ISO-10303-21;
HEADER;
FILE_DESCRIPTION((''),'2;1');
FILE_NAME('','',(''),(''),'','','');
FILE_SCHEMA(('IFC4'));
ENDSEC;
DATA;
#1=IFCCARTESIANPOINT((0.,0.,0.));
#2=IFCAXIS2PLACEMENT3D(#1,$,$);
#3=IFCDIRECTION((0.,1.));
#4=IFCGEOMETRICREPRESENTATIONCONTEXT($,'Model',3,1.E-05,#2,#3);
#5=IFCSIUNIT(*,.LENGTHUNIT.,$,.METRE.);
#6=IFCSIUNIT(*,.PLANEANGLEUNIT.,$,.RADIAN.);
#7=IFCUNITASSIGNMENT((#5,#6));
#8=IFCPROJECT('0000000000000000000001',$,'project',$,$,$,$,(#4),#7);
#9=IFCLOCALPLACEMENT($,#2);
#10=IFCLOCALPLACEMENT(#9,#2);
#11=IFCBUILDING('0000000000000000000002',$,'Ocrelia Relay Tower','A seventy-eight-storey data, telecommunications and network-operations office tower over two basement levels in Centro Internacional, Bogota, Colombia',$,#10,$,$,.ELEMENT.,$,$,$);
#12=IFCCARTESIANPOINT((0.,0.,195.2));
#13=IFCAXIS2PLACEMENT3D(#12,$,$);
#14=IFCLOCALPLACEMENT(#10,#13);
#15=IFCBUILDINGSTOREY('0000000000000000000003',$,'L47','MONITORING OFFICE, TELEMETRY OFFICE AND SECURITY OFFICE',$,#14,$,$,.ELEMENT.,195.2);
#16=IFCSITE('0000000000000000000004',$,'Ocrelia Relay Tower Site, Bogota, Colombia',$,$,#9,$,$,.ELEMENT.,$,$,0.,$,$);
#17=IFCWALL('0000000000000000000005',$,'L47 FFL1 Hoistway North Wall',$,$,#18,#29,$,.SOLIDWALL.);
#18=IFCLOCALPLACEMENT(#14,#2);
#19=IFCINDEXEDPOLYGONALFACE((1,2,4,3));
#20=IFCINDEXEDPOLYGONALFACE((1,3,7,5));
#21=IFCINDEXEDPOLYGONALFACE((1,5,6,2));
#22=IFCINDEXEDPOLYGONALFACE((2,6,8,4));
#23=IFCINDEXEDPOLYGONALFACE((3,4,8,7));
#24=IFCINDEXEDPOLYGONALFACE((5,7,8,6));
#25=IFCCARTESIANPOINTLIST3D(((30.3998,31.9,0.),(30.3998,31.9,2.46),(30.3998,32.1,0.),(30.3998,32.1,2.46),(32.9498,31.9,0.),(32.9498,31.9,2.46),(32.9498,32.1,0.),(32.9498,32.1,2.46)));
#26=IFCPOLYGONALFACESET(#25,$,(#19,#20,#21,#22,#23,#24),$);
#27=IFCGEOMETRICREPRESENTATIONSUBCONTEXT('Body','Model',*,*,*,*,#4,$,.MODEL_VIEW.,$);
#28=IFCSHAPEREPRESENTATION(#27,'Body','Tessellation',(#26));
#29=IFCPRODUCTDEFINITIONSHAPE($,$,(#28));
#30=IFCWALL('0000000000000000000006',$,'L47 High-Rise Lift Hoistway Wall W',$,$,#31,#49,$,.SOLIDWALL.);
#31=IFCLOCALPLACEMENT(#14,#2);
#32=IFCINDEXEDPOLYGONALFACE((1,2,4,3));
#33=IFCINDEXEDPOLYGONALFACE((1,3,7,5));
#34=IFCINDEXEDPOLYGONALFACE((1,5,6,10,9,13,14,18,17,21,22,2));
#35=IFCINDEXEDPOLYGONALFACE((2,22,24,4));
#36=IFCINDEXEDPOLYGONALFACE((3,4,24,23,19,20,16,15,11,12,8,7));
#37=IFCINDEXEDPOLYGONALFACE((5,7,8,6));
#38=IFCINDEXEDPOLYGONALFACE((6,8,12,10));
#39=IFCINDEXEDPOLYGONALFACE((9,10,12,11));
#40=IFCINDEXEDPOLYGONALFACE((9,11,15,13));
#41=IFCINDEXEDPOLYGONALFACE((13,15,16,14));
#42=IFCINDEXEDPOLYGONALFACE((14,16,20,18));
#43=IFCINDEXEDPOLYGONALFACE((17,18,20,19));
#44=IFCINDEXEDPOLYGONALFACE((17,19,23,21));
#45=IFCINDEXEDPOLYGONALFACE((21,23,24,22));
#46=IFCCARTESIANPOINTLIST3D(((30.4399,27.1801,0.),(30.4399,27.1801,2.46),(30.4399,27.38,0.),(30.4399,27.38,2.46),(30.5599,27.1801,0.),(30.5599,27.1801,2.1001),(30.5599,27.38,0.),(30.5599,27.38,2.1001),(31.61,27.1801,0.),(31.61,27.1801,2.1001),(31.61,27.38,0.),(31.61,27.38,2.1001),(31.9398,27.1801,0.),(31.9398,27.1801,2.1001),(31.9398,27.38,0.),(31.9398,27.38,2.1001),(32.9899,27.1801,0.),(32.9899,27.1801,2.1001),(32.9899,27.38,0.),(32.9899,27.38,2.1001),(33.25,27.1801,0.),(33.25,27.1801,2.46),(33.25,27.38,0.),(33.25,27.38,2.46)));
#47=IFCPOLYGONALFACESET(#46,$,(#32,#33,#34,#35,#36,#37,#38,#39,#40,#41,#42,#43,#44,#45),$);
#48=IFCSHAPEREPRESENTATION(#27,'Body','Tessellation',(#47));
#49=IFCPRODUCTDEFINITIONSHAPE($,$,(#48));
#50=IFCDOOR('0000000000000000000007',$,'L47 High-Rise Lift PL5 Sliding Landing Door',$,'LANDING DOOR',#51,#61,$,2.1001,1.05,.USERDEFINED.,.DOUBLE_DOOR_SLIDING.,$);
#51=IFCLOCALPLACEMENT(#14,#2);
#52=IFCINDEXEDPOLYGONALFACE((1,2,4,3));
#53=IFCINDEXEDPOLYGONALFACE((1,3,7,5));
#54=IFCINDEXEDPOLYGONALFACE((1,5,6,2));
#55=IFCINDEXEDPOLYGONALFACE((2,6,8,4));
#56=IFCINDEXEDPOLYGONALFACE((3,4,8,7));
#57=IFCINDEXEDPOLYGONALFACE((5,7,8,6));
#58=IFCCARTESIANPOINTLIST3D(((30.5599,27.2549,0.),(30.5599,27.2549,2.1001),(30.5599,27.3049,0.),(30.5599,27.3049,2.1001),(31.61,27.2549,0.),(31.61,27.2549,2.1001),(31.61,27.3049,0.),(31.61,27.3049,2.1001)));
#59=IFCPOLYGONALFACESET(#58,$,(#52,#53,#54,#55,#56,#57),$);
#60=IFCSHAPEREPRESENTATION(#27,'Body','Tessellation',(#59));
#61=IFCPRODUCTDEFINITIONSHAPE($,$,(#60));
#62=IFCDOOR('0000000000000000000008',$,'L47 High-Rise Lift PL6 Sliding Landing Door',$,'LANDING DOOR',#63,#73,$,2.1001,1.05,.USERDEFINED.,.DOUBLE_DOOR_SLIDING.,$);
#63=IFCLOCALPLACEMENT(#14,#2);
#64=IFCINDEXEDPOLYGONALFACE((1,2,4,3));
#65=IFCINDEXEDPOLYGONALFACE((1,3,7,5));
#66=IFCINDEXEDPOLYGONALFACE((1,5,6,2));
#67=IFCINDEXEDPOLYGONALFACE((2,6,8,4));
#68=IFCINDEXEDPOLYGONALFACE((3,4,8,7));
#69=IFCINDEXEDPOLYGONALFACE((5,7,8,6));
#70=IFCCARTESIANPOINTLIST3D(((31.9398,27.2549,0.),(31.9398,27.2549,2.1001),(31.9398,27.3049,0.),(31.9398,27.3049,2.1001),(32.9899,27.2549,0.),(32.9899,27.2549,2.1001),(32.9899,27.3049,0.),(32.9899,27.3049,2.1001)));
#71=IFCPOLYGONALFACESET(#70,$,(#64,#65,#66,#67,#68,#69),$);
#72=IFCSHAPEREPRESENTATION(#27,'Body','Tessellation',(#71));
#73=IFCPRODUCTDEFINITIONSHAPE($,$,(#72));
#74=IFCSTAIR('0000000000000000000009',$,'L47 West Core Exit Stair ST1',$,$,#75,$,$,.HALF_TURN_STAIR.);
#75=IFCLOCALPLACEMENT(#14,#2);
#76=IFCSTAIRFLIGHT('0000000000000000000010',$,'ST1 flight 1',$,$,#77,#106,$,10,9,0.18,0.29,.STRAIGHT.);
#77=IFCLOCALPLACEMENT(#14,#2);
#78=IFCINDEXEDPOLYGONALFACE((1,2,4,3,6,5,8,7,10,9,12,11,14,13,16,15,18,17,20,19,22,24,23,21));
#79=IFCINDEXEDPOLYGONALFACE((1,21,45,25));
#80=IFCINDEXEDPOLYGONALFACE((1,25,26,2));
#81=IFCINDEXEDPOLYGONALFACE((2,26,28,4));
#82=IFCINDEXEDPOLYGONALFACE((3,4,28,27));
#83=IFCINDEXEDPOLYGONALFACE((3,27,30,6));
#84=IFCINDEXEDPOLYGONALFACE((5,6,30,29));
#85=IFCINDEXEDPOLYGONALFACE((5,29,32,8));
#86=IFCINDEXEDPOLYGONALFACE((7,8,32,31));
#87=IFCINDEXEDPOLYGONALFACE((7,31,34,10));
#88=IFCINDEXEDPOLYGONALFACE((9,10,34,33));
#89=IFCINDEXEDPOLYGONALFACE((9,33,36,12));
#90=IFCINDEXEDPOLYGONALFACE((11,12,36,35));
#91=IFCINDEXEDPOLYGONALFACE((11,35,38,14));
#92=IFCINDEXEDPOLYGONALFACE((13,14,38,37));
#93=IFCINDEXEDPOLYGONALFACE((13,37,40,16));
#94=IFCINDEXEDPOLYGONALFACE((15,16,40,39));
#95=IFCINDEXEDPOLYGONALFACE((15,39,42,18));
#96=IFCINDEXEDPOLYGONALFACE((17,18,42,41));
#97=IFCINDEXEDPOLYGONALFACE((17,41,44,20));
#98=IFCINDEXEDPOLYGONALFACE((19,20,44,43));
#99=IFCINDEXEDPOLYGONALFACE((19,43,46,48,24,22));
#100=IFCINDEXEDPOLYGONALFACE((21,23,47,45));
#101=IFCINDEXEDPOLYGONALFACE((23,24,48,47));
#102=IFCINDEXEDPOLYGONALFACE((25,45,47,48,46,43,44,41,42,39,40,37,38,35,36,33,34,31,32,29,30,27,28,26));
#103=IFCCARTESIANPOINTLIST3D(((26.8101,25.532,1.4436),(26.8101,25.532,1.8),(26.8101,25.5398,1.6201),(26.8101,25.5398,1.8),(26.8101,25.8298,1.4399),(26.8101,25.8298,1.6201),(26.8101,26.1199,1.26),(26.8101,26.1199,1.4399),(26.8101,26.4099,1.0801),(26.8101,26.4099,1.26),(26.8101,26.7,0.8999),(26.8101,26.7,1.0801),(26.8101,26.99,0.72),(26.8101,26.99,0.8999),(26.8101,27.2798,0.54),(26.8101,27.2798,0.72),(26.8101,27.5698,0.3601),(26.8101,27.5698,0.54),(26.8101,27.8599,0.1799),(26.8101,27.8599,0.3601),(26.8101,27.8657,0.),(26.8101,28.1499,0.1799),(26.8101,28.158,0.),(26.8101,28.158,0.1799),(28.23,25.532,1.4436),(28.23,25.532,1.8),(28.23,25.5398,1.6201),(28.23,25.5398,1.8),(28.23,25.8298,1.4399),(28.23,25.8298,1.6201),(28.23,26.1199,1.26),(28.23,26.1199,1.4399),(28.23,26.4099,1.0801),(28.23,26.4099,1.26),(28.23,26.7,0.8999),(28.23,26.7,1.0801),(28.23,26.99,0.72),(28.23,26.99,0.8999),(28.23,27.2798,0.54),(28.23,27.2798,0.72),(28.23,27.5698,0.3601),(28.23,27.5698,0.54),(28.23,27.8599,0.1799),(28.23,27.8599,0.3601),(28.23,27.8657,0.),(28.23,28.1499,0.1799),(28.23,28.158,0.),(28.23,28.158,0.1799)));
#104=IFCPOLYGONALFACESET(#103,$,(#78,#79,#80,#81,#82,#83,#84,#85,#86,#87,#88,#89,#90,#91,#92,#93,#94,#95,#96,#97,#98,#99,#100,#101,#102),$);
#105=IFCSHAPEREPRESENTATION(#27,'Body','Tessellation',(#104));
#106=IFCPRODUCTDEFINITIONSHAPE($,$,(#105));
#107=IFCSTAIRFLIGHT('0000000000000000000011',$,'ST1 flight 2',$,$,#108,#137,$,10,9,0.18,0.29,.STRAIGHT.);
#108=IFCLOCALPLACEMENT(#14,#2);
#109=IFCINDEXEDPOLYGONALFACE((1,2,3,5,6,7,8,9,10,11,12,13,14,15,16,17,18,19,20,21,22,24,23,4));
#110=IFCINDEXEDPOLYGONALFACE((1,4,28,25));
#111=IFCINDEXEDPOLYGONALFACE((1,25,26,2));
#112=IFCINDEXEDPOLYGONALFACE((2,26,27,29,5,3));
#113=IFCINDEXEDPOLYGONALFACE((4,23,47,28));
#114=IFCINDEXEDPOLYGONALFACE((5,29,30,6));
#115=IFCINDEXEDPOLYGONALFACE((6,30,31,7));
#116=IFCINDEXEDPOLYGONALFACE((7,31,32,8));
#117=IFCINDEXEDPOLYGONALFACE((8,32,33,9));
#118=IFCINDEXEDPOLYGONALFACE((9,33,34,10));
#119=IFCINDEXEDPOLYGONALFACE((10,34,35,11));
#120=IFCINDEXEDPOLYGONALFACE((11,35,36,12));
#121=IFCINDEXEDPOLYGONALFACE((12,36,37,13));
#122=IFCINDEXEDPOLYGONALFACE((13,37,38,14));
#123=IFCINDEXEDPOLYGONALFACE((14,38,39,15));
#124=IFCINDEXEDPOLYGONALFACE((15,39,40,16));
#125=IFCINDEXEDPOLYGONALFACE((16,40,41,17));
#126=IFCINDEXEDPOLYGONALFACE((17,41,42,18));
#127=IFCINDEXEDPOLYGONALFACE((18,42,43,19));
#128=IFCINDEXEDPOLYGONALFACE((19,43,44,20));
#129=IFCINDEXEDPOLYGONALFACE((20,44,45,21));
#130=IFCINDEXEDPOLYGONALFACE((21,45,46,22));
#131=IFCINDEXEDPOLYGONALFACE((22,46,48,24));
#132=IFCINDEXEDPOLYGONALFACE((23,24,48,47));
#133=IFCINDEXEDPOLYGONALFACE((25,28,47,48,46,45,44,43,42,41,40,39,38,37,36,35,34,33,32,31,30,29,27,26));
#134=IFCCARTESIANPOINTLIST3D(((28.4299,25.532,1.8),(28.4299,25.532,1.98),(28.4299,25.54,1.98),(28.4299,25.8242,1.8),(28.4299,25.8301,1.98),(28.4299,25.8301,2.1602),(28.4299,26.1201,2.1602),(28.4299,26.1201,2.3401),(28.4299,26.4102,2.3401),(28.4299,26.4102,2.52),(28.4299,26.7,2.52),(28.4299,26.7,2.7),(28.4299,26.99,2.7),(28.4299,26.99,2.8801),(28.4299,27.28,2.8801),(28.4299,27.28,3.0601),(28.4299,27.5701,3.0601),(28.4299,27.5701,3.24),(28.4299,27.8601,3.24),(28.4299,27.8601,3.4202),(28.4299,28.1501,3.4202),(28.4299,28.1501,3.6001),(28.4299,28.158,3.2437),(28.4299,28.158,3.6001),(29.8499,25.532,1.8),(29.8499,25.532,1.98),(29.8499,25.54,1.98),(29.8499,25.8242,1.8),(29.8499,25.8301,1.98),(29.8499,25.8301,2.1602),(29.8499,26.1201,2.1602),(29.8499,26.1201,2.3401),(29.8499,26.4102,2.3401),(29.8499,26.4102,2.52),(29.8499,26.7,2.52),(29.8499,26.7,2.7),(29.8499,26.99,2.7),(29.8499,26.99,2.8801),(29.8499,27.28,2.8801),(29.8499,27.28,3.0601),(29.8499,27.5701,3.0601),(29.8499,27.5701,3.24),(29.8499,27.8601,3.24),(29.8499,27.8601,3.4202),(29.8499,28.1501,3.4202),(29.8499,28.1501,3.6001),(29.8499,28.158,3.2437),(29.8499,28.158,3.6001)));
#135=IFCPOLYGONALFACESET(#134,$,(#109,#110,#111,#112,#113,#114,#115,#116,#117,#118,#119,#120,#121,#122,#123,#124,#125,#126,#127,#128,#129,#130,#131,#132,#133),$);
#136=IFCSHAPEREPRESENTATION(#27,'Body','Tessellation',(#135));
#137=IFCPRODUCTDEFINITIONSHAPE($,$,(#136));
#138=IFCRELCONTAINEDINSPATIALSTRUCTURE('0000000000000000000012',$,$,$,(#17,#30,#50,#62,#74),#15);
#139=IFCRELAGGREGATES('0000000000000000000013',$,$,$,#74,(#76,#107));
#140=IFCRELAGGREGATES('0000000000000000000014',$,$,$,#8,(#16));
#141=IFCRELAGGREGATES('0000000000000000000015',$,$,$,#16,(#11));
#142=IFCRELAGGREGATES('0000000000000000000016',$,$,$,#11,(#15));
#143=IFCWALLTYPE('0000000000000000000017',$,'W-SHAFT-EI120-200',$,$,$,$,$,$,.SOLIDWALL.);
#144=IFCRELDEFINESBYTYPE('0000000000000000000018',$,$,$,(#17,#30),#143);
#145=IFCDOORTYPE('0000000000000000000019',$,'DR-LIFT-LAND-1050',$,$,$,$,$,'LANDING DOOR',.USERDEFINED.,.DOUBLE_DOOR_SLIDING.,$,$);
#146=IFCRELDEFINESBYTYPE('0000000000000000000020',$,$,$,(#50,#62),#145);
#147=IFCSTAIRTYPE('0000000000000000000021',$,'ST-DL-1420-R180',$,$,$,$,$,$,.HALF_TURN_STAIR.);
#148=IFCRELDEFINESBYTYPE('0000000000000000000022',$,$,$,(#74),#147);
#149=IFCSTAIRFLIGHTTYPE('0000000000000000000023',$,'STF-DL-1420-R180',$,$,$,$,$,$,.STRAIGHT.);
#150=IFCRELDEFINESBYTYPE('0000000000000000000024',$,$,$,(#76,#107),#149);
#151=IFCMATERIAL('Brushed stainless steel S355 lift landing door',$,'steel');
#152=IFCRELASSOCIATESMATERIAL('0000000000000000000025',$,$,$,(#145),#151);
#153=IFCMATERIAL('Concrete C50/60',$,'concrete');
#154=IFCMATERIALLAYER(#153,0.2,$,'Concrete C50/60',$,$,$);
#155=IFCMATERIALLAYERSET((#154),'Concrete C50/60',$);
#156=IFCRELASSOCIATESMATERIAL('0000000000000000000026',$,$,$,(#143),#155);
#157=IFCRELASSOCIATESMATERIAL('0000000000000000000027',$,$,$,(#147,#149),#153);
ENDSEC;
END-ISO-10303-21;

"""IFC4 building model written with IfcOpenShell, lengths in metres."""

from ifc_helpers import new_model, si_unit, direction, frame, frame_2d, origin, place, context, subcontext, project, spatial, polyline, rectangle, outline, extrude, material, layer, layer_set, type_object, element, fill, aggregate, save


model = new_model("IFC4")

# Units and contexts
model_context = context("Model", 3, precision=1e-05, world=origin(), true_north=direction((0.0, 1.0)))
body_context = subcontext(model_context, "Body", "Model", "MODEL_VIEW")
ifc_project = project(units=[si_unit("LENGTHUNIT", "METRE"), si_unit("PLANEANGLEUNIT", "RADIAN")], contexts=[model_context])

# Site, building, storey
site_placement = place(None, origin())
site = spatial("IfcSite", under=ifc_project, at=site_placement, Name="Ocrelia Relay Tower Site, Bogota, Colombia", CompositionType="ELEMENT", RefElevation=0.0)
building_placement = place(site_placement, origin())
building = spatial("IfcBuilding", under=site, at=building_placement, Name="Ocrelia Relay Tower", Description="A seventy-eight-storey data, telecommunications and network-operations office tower over two basement levels in Centro Internacional, Bogota, Colombia", CompositionType="ELEMENT")
storey_placement = place(building_placement, frame((0.0, 0.0, 195.2)))
storey = spatial("IfcBuildingStorey", under=building, at=storey_placement, Name="L47", Description="MONITORING OFFICE, TELEMETRY OFFICE AND SECURITY OFFICE", CompositionType="ELEMENT", Elevation=195.2)

# Shared definitions
ifc_material_1 = material(Name="Concrete C50/60", Category="concrete")

# Shared definitions
ifc_material_2 = material(Name="Brushed stainless steel S355 lift landing door", Category="steel")
door_type_1 = type_object("IfcDoorType", Name="DR-LIFT-LAND-1050", ElementType="LANDING DOOR", OperationType="DOUBLE_DOOR_SLIDING", PredefinedType="USERDEFINED", material=ifc_material_2)

# Wall
ifc_layer_1 = layer(ifc_material_1, 0.2, Name="Concrete C50/60")
ifc_layer_set_1 = layer_set([ifc_layer_1], Name="Concrete C50/60")
wall_type_1 = type_object("IfcWallType", Name="W-SHAFT-EI120-200", PredefinedType="SOLIDWALL", material=ifc_layer_set_1)
wall_1_placement = place(storey_placement, frame((30.3999, 32.0, 0.0), z_axis=(0.0, 0.0, 1.0), x_axis=(1.0, 0.0, 0.0)))
element("IfcWall", 1, at=wall_1_placement, inside=storey, type_object=wall_type_1, Name="L47 FFL1 Hoistway North Wall", PredefinedType="SOLIDWALL", context=body_context, shape_type="SweptSolid", body=[
    extrude(rectangle(XDim=2.55, YDim=0.2, at=frame_2d((1.2749, 0.0))), origin(), (0.0, 0.0, 1.0), 2.46),
])

# Wall, openings, doors
wall_2_placement = place(storey_placement, frame((30.4399, 27.28, 0.0), z_axis=(0.0, 0.0, 1.0), x_axis=(1.0, 0.0, 0.0)))
wall_2 = element("IfcWall", 2, at=wall_2_placement, inside=storey, type_object=wall_type_1, Name="L47 High-Rise Lift Hoistway Wall W", PredefinedType="SOLIDWALL", context=body_context, shape_type="SweptSolid", body=[
    extrude(rectangle(XDim=2.8101, YDim=0.2, at=frame_2d((1.405, 0.0))), origin(), (0.0, 0.0, 1.0), 2.46),
])
opening_1_placement = place(wall_2_placement, frame((0.1201, 0.0, 0.0)))
opening_1 = element("IfcOpeningElement", 3, at=opening_1_placement, cuts=wall_2, PredefinedType="OPENING", context=body_context, shape_type="SweptSolid", body=[
    extrude(rectangle(XDim=1.05, YDim=2.1001, at=frame_2d((0.5249, 1.05))), frame((0.0, 0.1099, 0.0), z_axis=(0.0, -1.0, 0.0), x_axis=(1.0, 0.0, 0.0)), (0.0, 0.0, 1.0), 0.22),
])
opening_2_placement = place(wall_2_placement, frame((1.5, 0.0, 0.0)))
opening_2 = element("IfcOpeningElement", 4, at=opening_2_placement, cuts=wall_2, PredefinedType="OPENING", context=body_context, shape_type="SweptSolid", body=[
    extrude(rectangle(XDim=1.05, YDim=2.1001, at=frame_2d((0.5249, 1.05))), frame((0.0, 0.1099, 0.0), z_axis=(0.0, -1.0, 0.0), x_axis=(1.0, 0.0, 0.0)), (0.0, 0.0, 1.0), 0.22),
])
door_1_placement = place(opening_1_placement, origin())
door_1 = element("IfcDoor", 5, at=door_1_placement, inside=storey, type_object=door_type_1, Name="L47 High-Rise Lift PL5 Sliding Landing Door", ObjectType="LANDING DOOR", OperationType="DOUBLE_DOOR_SLIDING", OverallHeight=2.1001, OverallWidth=1.05, PredefinedType="USERDEFINED", context=body_context, shape_type="SweptSolid", body=[
    extrude(rectangle(XDim=1.05, YDim=2.1001, at=frame_2d((0.5249, 1.05))), frame((0.0, 0.0249, 0.0), z_axis=(0.0, -1.0, 0.0), x_axis=(1.0, 0.0, 0.0)), (0.0, 0.0, 1.0), 0.05),
])
fill(opening_1, door_1)
door_2_placement = place(opening_2_placement, origin())
door_2 = element("IfcDoor", 6, at=door_2_placement, inside=storey, type_object=door_type_1, Name="L47 High-Rise Lift PL6 Sliding Landing Door", ObjectType="LANDING DOOR", OperationType="DOUBLE_DOOR_SLIDING", OverallHeight=2.1001, OverallWidth=1.05, PredefinedType="USERDEFINED", context=body_context, shape_type="SweptSolid", body=[
    extrude(rectangle(XDim=1.05, YDim=2.1001, at=frame_2d((0.5249, 1.05))), frame((0.0, 0.0249, 0.0), z_axis=(0.0, -1.0, 0.0), x_axis=(1.0, 0.0, 0.0)), (0.0, 0.0, 1.0), 0.05),
])
fill(opening_2, door_2)

# Stair, stair flights
stair_type = type_object("IfcStairType", Name="ST-DL-1420-R180", PredefinedType="HALF_TURN_STAIR", material=ifc_material_1)
stair_placement = place(storey_placement, origin())
stair = element("IfcStair", 7, at=stair_placement, inside=storey, type_object=stair_type, Name="L47 West Core Exit Stair ST1", PredefinedType="HALF_TURN_STAIR")
stair_flight_type = type_object("IfcStairFlightType", Name="STF-DL-1420-R180", PredefinedType="STRAIGHT", material=ifc_material_1)
stair_flight_1_placement = place(storey_placement, frame((27.52, 28.1499, 0.0), z_axis=(0.0, 0.0, 1.0), x_axis=(0.0, -1.0, 0.0)))
stair_flight_1 = element("IfcStairFlight", 8, at=stair_flight_1_placement, type_object=stair_flight_type, Name="ST1 flight 1", NumberOfRisers=10, NumberOfTreads=9, PredefinedType="STRAIGHT", RiserHeight=0.18, TreadLength=0.29, context=body_context, shape_type="SweptSolid", body=[
    extrude(outline(polyline([(-0.0081, 0.0), (-0.0081, 0.1799), (0.0, 0.1799), (0.29, 0.1799), (0.29, 0.3601), (0.5801, 0.3601), (0.5801, 0.54), (0.8701, 0.54), (0.8701, 0.72), (1.1599, 0.72), (1.1599, 0.8999), (1.45, 0.8999), (1.45, 1.0801), (1.74, 1.0801), (1.74, 1.26), (2.03, 1.26), (2.03, 1.4399), (2.3201, 1.4399), (2.3201, 1.6201), (2.6101, 1.6201), (2.6101, 1.8), (2.6179, 1.8), (2.6179, 1.4436), (0.2842, 0.0), (-0.0081, 0.0)])), frame((0.0, 0.71, 0.0), z_axis=(0.0, -1.0, 0.0), x_axis=(1.0, 0.0, 0.0)), (0.0, 0.0, 1.0), 1.4199),
])
stair_flight_2_placement = place(storey_placement, frame((29.1399, 25.54, 1.8), z_axis=(0.0, 0.0, 1.0), x_axis=(0.0, 1.0, 0.0)))
stair_flight_2 = element("IfcStairFlight", 9, at=stair_flight_2_placement, type_object=stair_flight_type, Name="ST1 flight 2", NumberOfRisers=10, NumberOfTreads=9, PredefinedType="STRAIGHT", RiserHeight=0.18, TreadLength=0.29, context=body_context, shape_type="SweptSolid", body=[
    extrude(outline(polyline([(-0.0081, 0.0), (-0.0081, 0.1799), (0.0, 0.1799), (0.29, 0.1799), (0.29, 0.3601), (0.5801, 0.3601), (0.5801, 0.54), (0.8701, 0.54), (0.8701, 0.72), (1.1599, 0.72), (1.1599, 0.8999), (1.45, 0.8999), (1.45, 1.0801), (1.74, 1.0801), (1.74, 1.26), (2.03, 1.26), (2.03, 1.4399), (2.3201, 1.4399), (2.3201, 1.6201), (2.6101, 1.6201), (2.6101, 1.8), (2.6179, 1.8), (2.6179, 1.4436), (0.2842, 0.0), (-0.0081, 0.0)])), frame((0.0, 0.71, 0.0), z_axis=(0.0, -1.0, 0.0), x_axis=(1.0, 0.0, 0.0)), (0.0, 0.0, 1.0), 1.4199),
])
aggregate(stair, [stair_flight_1, stair_flight_2])

save(model, "model.ifc")
